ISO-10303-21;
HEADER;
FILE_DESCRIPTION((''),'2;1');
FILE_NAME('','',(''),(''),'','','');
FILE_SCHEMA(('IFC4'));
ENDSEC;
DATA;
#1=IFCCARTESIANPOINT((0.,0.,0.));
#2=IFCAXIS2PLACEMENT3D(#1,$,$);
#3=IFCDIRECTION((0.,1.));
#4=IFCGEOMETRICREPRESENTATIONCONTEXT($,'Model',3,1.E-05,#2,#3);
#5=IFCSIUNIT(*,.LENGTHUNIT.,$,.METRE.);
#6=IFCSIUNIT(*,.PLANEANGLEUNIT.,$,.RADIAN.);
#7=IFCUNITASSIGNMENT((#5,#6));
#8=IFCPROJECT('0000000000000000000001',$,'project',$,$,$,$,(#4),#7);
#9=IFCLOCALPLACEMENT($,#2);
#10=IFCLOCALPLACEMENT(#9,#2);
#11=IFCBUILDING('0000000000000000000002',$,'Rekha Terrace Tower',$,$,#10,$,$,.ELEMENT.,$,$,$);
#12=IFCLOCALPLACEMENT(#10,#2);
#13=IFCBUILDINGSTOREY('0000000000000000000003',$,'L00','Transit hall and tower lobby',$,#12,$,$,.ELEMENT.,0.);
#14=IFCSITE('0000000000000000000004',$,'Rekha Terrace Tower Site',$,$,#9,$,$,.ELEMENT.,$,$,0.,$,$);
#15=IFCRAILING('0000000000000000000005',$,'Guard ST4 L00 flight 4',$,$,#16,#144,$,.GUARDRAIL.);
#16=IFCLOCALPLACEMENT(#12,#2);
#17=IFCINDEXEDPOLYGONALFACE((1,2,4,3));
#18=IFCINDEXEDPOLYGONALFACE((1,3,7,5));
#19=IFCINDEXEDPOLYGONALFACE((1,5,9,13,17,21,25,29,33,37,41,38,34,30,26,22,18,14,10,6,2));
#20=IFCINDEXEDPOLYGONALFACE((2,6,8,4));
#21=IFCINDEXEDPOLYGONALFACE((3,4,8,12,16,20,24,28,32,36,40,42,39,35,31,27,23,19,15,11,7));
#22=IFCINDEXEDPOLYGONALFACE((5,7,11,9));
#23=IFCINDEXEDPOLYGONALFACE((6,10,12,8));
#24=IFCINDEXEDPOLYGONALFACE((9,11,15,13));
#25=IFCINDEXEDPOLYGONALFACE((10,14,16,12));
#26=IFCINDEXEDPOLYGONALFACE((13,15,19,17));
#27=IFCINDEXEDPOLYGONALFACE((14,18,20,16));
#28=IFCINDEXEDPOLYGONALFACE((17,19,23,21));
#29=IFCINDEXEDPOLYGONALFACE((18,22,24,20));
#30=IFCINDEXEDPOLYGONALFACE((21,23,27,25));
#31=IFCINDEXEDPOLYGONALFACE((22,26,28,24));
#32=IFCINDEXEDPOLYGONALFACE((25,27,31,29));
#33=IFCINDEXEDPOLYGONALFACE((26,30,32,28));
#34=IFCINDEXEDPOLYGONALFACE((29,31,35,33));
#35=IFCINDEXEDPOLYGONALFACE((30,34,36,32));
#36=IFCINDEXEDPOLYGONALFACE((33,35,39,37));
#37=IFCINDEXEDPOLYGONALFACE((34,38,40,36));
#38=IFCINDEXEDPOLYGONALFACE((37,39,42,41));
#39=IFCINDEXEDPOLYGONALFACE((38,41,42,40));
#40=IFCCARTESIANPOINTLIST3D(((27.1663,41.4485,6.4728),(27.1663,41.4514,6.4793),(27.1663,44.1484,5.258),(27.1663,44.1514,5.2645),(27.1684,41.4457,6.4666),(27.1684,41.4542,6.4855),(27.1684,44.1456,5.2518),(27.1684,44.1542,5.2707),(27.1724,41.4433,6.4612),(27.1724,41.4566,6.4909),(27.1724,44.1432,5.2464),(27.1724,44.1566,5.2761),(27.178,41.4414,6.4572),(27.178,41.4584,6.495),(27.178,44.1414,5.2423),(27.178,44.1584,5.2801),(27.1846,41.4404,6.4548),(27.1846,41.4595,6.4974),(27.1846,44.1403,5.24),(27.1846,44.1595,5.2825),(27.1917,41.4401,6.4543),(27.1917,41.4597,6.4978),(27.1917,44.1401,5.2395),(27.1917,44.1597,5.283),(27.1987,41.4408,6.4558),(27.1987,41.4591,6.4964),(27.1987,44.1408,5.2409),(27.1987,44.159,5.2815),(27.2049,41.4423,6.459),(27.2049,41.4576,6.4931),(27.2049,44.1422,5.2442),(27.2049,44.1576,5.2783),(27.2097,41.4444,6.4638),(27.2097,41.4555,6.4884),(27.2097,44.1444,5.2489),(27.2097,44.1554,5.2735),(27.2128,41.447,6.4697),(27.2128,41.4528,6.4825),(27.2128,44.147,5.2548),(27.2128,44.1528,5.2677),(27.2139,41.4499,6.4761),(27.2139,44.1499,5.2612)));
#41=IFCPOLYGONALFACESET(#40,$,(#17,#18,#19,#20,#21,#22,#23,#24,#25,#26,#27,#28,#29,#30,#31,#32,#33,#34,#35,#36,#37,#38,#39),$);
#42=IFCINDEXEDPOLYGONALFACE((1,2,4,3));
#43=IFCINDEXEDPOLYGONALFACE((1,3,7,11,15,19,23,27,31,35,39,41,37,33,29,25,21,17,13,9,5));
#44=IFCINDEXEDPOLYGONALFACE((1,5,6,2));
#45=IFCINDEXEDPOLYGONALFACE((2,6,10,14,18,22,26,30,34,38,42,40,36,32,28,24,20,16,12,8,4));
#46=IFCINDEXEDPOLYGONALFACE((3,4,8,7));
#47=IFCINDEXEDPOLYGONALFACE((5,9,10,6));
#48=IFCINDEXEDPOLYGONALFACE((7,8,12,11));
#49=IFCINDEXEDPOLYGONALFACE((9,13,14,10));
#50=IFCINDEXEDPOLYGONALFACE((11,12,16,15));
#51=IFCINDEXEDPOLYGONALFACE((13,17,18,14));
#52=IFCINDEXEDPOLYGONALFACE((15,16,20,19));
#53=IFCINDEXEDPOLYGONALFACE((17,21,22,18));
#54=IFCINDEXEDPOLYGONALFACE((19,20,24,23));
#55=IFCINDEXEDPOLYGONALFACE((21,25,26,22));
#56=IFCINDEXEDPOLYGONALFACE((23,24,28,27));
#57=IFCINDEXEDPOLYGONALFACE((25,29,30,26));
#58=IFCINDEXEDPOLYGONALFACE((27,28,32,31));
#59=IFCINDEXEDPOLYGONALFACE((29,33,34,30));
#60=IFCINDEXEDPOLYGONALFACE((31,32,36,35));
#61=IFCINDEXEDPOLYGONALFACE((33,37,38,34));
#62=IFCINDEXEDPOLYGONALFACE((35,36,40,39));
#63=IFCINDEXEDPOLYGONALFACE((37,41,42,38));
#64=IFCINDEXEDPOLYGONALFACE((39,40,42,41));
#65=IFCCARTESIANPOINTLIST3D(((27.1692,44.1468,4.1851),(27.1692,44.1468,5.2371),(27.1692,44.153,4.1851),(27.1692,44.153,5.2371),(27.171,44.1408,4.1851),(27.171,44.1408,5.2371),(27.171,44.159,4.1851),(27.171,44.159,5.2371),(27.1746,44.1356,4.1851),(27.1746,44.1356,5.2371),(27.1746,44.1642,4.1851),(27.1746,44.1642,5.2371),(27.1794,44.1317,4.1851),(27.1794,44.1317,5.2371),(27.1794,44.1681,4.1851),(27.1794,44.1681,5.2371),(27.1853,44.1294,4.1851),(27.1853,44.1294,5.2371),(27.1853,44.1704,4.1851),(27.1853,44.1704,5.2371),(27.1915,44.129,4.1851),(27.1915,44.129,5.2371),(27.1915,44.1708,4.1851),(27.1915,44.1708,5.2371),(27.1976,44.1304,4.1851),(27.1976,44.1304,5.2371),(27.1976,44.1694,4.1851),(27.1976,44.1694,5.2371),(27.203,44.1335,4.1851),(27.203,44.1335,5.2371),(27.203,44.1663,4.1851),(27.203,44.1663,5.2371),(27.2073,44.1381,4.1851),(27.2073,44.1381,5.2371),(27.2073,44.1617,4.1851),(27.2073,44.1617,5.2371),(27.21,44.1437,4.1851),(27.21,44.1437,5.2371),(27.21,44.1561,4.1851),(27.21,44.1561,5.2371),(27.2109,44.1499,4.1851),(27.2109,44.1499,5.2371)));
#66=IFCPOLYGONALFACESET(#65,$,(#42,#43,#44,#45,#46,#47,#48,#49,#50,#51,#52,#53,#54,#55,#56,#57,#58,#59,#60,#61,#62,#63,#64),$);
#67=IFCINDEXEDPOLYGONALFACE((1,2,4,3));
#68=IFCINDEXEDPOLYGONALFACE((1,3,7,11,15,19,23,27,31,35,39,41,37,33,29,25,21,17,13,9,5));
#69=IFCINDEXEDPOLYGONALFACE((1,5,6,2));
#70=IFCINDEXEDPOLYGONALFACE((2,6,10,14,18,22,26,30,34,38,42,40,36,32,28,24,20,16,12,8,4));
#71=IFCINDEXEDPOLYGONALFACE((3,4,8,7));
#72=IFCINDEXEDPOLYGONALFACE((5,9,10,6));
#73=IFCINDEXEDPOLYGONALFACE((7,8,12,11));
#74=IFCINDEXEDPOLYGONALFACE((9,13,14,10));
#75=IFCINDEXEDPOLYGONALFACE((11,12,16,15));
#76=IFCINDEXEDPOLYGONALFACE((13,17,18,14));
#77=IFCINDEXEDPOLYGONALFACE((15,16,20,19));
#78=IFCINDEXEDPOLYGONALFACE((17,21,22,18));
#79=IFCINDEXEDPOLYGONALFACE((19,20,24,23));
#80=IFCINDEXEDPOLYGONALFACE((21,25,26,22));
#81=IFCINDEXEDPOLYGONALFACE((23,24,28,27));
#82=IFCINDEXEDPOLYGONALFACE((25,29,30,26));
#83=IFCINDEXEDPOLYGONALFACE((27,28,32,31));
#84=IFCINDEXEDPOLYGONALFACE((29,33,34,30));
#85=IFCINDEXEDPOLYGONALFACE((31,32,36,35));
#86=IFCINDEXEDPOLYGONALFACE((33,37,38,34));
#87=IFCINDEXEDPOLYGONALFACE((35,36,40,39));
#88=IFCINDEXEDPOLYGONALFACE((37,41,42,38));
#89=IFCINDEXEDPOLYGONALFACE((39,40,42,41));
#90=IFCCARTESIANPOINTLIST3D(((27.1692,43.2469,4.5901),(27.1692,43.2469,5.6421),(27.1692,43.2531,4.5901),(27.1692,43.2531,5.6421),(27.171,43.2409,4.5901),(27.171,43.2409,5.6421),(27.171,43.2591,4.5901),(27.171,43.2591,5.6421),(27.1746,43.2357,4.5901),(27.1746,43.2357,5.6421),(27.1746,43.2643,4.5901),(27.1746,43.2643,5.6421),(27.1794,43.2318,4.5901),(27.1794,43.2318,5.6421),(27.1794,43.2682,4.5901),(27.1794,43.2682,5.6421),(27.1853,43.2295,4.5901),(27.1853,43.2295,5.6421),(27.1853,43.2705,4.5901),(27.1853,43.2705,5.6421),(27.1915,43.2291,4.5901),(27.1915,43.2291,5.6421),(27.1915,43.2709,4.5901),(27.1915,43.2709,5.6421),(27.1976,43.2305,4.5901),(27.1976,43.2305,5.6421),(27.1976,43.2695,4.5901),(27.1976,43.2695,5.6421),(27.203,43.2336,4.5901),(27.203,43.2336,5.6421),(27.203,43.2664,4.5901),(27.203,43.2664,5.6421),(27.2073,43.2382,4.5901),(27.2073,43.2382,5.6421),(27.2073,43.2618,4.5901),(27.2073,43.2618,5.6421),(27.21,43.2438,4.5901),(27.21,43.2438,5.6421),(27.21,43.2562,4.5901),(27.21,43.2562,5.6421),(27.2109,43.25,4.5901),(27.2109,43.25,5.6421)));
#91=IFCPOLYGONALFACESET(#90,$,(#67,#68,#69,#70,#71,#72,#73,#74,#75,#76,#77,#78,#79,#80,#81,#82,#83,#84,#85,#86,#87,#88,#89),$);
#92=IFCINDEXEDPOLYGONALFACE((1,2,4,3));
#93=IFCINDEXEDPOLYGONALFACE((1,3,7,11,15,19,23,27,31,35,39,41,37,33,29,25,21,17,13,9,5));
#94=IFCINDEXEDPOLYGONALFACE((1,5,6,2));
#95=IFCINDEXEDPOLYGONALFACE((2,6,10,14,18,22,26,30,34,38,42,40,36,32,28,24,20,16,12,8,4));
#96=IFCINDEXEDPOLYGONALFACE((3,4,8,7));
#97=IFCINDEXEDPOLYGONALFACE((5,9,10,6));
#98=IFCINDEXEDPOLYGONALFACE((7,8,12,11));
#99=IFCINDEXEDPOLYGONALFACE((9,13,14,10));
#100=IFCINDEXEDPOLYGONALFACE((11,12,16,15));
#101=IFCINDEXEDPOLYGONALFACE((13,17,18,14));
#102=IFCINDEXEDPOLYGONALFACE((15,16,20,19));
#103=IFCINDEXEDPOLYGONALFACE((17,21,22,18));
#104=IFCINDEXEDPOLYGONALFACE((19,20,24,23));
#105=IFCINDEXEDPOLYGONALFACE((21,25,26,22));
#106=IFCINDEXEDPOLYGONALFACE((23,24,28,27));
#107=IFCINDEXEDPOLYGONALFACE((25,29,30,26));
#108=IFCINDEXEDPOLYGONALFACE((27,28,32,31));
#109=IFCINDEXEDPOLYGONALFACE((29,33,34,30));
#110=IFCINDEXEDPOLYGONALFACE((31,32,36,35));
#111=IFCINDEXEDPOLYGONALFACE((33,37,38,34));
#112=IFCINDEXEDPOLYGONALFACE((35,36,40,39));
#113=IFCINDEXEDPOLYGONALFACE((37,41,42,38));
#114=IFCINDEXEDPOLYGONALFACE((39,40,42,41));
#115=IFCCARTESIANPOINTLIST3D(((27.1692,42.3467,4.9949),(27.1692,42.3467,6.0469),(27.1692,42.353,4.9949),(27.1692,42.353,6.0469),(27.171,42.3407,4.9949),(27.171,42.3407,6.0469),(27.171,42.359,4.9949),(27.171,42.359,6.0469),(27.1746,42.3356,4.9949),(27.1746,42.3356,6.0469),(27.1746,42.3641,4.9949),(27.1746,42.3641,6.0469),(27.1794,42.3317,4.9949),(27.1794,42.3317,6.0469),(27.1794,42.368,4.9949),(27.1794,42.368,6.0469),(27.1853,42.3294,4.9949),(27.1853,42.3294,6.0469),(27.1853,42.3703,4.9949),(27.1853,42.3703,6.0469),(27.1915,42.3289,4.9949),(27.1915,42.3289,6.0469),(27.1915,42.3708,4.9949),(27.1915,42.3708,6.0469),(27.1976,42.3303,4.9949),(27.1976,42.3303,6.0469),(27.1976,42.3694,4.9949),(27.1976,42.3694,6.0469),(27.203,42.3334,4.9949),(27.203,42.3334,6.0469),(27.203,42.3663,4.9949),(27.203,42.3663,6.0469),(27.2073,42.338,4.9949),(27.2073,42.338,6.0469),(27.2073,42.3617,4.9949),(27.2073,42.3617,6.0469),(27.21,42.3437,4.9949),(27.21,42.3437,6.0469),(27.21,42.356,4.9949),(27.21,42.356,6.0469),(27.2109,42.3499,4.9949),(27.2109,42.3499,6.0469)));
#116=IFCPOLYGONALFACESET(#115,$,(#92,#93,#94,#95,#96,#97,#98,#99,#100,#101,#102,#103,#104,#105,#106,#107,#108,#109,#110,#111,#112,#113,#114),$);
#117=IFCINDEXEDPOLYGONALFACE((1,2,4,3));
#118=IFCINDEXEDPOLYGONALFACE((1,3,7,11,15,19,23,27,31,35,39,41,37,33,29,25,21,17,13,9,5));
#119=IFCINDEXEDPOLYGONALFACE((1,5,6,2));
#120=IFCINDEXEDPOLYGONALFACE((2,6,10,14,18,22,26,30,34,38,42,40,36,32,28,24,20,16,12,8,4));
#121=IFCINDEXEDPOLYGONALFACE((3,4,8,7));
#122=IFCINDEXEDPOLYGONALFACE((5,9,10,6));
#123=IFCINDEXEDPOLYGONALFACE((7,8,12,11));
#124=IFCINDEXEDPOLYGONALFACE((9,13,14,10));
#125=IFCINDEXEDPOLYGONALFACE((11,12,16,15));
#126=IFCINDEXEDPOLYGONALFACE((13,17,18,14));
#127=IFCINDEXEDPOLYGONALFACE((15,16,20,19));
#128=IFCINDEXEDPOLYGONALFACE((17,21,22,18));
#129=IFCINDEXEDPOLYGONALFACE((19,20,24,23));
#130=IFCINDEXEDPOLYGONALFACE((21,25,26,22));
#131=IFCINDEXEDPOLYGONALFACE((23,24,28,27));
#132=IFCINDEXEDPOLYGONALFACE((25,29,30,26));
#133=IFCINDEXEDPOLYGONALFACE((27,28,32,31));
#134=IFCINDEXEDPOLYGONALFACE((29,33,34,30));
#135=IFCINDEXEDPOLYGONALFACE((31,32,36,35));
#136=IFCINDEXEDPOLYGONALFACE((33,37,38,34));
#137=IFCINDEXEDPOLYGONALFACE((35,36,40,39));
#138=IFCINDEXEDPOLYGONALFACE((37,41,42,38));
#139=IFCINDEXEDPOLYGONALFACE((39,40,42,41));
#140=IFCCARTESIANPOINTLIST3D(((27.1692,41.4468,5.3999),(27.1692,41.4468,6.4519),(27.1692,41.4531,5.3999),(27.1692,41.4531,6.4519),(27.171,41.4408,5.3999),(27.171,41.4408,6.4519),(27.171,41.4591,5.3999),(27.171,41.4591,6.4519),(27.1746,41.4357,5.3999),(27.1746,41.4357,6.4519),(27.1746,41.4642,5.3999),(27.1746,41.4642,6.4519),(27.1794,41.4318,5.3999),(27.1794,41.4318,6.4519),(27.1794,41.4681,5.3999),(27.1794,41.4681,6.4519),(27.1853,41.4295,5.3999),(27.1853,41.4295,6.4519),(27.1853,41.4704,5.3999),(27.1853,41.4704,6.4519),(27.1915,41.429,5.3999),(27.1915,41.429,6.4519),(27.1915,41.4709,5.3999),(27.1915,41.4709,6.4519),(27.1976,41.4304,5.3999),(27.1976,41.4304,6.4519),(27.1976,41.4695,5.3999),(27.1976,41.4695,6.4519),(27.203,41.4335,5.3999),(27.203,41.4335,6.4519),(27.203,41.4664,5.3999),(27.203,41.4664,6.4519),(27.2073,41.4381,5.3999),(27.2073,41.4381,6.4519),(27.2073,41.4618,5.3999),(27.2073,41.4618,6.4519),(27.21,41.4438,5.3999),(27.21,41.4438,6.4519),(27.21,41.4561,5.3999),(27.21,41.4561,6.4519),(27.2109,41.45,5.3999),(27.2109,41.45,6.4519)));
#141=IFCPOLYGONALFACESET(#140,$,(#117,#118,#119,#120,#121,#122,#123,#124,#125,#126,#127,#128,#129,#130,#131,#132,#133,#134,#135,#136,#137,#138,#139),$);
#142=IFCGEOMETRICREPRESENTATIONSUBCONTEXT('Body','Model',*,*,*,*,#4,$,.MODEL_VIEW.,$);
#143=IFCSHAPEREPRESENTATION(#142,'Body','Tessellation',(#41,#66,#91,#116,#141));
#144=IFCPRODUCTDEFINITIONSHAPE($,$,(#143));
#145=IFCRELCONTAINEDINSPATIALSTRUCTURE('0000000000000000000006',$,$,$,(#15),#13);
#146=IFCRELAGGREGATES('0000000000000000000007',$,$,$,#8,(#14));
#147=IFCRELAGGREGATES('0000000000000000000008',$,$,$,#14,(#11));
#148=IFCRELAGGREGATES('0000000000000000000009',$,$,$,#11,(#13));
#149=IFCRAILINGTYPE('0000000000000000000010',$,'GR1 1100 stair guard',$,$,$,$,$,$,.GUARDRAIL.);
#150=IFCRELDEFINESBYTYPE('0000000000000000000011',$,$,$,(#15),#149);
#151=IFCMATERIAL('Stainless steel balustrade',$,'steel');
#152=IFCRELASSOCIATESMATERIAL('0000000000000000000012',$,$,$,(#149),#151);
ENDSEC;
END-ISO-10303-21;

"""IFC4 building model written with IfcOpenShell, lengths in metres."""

from ifc_helpers import new_model, si_unit, direction, frame, origin, origin_2d, place, context, subcontext, project, spatial, circle, extrude, material, type_object, element, save


model = new_model("IFC4")

# Units and contexts
model_context = context("Model", 3, precision=1e-05, world=origin(), true_north=direction((0.0, 1.0)))
body_context = subcontext(model_context, "Body", "Model", "MODEL_VIEW")
ifc_project = project(units=[si_unit("LENGTHUNIT", "METRE"), si_unit("PLANEANGLEUNIT", "RADIAN")], contexts=[model_context])

# Site, building, storey
site_placement = place(None, origin())
site = spatial("IfcSite", under=ifc_project, at=site_placement, Name="Rekha Terrace Tower Site", CompositionType="ELEMENT", RefElevation=0.0)
building_placement = place(site_placement, origin())
building = spatial("IfcBuilding", under=site, at=building_placement, Name="Rekha Terrace Tower", CompositionType="ELEMENT")
storey_placement = place(building_placement, origin())
storey = spatial("IfcBuildingStorey", under=building, at=storey_placement, Name="L00", Description="Transit hall and tower lobby", CompositionType="ELEMENT", Elevation=0.0)

# Railing
ifc_material_1 = material(Name="Stainless steel balustrade", Category="steel")
railing_type_1 = type_object("IfcRailingType", Name="GR1 1100 stair guard", PredefinedType="GUARDRAIL", material=ifc_material_1)
railing_1_placement = place(storey_placement, frame((27.1899, 44.1499, 4.1851)))
element("IfcRailing", 1, at=railing_1_placement, inside=storey, type_object=railing_type_1, Name="Guard ST4 L00 flight 4", PredefinedType="GUARDRAIL", context=body_context, shape_type="SweptSolid", body=[
    extrude(circle(Radius=0.0239, at=origin_2d()), frame((0.0, 0.0, 1.0762), z_axis=(0.0, -0.911938, 0.410327), x_axis=(1.0, 0.0, 0.0)), (0.0, 0.0, 1.0), 2.9607),
    extrude(circle(Radius=0.021, at=origin_2d()), origin(), (0.0, 0.0, 1.0), 1.052),
    extrude(circle(Radius=0.021, at=origin_2d()), frame((0.0, -0.8999, 0.405)), (0.0, 0.0, 1.0), 1.052),
    extrude(circle(Radius=0.021, at=origin_2d()), frame((0.0, -1.8, 0.8098)), (0.0, 0.0, 1.0), 1.052),
    extrude(circle(Radius=0.021, at=origin_2d()), frame((0.0, -2.7, 1.2148)), (0.0, 0.0, 1.0), 1.052),
])

save(model, "model.ifc")
